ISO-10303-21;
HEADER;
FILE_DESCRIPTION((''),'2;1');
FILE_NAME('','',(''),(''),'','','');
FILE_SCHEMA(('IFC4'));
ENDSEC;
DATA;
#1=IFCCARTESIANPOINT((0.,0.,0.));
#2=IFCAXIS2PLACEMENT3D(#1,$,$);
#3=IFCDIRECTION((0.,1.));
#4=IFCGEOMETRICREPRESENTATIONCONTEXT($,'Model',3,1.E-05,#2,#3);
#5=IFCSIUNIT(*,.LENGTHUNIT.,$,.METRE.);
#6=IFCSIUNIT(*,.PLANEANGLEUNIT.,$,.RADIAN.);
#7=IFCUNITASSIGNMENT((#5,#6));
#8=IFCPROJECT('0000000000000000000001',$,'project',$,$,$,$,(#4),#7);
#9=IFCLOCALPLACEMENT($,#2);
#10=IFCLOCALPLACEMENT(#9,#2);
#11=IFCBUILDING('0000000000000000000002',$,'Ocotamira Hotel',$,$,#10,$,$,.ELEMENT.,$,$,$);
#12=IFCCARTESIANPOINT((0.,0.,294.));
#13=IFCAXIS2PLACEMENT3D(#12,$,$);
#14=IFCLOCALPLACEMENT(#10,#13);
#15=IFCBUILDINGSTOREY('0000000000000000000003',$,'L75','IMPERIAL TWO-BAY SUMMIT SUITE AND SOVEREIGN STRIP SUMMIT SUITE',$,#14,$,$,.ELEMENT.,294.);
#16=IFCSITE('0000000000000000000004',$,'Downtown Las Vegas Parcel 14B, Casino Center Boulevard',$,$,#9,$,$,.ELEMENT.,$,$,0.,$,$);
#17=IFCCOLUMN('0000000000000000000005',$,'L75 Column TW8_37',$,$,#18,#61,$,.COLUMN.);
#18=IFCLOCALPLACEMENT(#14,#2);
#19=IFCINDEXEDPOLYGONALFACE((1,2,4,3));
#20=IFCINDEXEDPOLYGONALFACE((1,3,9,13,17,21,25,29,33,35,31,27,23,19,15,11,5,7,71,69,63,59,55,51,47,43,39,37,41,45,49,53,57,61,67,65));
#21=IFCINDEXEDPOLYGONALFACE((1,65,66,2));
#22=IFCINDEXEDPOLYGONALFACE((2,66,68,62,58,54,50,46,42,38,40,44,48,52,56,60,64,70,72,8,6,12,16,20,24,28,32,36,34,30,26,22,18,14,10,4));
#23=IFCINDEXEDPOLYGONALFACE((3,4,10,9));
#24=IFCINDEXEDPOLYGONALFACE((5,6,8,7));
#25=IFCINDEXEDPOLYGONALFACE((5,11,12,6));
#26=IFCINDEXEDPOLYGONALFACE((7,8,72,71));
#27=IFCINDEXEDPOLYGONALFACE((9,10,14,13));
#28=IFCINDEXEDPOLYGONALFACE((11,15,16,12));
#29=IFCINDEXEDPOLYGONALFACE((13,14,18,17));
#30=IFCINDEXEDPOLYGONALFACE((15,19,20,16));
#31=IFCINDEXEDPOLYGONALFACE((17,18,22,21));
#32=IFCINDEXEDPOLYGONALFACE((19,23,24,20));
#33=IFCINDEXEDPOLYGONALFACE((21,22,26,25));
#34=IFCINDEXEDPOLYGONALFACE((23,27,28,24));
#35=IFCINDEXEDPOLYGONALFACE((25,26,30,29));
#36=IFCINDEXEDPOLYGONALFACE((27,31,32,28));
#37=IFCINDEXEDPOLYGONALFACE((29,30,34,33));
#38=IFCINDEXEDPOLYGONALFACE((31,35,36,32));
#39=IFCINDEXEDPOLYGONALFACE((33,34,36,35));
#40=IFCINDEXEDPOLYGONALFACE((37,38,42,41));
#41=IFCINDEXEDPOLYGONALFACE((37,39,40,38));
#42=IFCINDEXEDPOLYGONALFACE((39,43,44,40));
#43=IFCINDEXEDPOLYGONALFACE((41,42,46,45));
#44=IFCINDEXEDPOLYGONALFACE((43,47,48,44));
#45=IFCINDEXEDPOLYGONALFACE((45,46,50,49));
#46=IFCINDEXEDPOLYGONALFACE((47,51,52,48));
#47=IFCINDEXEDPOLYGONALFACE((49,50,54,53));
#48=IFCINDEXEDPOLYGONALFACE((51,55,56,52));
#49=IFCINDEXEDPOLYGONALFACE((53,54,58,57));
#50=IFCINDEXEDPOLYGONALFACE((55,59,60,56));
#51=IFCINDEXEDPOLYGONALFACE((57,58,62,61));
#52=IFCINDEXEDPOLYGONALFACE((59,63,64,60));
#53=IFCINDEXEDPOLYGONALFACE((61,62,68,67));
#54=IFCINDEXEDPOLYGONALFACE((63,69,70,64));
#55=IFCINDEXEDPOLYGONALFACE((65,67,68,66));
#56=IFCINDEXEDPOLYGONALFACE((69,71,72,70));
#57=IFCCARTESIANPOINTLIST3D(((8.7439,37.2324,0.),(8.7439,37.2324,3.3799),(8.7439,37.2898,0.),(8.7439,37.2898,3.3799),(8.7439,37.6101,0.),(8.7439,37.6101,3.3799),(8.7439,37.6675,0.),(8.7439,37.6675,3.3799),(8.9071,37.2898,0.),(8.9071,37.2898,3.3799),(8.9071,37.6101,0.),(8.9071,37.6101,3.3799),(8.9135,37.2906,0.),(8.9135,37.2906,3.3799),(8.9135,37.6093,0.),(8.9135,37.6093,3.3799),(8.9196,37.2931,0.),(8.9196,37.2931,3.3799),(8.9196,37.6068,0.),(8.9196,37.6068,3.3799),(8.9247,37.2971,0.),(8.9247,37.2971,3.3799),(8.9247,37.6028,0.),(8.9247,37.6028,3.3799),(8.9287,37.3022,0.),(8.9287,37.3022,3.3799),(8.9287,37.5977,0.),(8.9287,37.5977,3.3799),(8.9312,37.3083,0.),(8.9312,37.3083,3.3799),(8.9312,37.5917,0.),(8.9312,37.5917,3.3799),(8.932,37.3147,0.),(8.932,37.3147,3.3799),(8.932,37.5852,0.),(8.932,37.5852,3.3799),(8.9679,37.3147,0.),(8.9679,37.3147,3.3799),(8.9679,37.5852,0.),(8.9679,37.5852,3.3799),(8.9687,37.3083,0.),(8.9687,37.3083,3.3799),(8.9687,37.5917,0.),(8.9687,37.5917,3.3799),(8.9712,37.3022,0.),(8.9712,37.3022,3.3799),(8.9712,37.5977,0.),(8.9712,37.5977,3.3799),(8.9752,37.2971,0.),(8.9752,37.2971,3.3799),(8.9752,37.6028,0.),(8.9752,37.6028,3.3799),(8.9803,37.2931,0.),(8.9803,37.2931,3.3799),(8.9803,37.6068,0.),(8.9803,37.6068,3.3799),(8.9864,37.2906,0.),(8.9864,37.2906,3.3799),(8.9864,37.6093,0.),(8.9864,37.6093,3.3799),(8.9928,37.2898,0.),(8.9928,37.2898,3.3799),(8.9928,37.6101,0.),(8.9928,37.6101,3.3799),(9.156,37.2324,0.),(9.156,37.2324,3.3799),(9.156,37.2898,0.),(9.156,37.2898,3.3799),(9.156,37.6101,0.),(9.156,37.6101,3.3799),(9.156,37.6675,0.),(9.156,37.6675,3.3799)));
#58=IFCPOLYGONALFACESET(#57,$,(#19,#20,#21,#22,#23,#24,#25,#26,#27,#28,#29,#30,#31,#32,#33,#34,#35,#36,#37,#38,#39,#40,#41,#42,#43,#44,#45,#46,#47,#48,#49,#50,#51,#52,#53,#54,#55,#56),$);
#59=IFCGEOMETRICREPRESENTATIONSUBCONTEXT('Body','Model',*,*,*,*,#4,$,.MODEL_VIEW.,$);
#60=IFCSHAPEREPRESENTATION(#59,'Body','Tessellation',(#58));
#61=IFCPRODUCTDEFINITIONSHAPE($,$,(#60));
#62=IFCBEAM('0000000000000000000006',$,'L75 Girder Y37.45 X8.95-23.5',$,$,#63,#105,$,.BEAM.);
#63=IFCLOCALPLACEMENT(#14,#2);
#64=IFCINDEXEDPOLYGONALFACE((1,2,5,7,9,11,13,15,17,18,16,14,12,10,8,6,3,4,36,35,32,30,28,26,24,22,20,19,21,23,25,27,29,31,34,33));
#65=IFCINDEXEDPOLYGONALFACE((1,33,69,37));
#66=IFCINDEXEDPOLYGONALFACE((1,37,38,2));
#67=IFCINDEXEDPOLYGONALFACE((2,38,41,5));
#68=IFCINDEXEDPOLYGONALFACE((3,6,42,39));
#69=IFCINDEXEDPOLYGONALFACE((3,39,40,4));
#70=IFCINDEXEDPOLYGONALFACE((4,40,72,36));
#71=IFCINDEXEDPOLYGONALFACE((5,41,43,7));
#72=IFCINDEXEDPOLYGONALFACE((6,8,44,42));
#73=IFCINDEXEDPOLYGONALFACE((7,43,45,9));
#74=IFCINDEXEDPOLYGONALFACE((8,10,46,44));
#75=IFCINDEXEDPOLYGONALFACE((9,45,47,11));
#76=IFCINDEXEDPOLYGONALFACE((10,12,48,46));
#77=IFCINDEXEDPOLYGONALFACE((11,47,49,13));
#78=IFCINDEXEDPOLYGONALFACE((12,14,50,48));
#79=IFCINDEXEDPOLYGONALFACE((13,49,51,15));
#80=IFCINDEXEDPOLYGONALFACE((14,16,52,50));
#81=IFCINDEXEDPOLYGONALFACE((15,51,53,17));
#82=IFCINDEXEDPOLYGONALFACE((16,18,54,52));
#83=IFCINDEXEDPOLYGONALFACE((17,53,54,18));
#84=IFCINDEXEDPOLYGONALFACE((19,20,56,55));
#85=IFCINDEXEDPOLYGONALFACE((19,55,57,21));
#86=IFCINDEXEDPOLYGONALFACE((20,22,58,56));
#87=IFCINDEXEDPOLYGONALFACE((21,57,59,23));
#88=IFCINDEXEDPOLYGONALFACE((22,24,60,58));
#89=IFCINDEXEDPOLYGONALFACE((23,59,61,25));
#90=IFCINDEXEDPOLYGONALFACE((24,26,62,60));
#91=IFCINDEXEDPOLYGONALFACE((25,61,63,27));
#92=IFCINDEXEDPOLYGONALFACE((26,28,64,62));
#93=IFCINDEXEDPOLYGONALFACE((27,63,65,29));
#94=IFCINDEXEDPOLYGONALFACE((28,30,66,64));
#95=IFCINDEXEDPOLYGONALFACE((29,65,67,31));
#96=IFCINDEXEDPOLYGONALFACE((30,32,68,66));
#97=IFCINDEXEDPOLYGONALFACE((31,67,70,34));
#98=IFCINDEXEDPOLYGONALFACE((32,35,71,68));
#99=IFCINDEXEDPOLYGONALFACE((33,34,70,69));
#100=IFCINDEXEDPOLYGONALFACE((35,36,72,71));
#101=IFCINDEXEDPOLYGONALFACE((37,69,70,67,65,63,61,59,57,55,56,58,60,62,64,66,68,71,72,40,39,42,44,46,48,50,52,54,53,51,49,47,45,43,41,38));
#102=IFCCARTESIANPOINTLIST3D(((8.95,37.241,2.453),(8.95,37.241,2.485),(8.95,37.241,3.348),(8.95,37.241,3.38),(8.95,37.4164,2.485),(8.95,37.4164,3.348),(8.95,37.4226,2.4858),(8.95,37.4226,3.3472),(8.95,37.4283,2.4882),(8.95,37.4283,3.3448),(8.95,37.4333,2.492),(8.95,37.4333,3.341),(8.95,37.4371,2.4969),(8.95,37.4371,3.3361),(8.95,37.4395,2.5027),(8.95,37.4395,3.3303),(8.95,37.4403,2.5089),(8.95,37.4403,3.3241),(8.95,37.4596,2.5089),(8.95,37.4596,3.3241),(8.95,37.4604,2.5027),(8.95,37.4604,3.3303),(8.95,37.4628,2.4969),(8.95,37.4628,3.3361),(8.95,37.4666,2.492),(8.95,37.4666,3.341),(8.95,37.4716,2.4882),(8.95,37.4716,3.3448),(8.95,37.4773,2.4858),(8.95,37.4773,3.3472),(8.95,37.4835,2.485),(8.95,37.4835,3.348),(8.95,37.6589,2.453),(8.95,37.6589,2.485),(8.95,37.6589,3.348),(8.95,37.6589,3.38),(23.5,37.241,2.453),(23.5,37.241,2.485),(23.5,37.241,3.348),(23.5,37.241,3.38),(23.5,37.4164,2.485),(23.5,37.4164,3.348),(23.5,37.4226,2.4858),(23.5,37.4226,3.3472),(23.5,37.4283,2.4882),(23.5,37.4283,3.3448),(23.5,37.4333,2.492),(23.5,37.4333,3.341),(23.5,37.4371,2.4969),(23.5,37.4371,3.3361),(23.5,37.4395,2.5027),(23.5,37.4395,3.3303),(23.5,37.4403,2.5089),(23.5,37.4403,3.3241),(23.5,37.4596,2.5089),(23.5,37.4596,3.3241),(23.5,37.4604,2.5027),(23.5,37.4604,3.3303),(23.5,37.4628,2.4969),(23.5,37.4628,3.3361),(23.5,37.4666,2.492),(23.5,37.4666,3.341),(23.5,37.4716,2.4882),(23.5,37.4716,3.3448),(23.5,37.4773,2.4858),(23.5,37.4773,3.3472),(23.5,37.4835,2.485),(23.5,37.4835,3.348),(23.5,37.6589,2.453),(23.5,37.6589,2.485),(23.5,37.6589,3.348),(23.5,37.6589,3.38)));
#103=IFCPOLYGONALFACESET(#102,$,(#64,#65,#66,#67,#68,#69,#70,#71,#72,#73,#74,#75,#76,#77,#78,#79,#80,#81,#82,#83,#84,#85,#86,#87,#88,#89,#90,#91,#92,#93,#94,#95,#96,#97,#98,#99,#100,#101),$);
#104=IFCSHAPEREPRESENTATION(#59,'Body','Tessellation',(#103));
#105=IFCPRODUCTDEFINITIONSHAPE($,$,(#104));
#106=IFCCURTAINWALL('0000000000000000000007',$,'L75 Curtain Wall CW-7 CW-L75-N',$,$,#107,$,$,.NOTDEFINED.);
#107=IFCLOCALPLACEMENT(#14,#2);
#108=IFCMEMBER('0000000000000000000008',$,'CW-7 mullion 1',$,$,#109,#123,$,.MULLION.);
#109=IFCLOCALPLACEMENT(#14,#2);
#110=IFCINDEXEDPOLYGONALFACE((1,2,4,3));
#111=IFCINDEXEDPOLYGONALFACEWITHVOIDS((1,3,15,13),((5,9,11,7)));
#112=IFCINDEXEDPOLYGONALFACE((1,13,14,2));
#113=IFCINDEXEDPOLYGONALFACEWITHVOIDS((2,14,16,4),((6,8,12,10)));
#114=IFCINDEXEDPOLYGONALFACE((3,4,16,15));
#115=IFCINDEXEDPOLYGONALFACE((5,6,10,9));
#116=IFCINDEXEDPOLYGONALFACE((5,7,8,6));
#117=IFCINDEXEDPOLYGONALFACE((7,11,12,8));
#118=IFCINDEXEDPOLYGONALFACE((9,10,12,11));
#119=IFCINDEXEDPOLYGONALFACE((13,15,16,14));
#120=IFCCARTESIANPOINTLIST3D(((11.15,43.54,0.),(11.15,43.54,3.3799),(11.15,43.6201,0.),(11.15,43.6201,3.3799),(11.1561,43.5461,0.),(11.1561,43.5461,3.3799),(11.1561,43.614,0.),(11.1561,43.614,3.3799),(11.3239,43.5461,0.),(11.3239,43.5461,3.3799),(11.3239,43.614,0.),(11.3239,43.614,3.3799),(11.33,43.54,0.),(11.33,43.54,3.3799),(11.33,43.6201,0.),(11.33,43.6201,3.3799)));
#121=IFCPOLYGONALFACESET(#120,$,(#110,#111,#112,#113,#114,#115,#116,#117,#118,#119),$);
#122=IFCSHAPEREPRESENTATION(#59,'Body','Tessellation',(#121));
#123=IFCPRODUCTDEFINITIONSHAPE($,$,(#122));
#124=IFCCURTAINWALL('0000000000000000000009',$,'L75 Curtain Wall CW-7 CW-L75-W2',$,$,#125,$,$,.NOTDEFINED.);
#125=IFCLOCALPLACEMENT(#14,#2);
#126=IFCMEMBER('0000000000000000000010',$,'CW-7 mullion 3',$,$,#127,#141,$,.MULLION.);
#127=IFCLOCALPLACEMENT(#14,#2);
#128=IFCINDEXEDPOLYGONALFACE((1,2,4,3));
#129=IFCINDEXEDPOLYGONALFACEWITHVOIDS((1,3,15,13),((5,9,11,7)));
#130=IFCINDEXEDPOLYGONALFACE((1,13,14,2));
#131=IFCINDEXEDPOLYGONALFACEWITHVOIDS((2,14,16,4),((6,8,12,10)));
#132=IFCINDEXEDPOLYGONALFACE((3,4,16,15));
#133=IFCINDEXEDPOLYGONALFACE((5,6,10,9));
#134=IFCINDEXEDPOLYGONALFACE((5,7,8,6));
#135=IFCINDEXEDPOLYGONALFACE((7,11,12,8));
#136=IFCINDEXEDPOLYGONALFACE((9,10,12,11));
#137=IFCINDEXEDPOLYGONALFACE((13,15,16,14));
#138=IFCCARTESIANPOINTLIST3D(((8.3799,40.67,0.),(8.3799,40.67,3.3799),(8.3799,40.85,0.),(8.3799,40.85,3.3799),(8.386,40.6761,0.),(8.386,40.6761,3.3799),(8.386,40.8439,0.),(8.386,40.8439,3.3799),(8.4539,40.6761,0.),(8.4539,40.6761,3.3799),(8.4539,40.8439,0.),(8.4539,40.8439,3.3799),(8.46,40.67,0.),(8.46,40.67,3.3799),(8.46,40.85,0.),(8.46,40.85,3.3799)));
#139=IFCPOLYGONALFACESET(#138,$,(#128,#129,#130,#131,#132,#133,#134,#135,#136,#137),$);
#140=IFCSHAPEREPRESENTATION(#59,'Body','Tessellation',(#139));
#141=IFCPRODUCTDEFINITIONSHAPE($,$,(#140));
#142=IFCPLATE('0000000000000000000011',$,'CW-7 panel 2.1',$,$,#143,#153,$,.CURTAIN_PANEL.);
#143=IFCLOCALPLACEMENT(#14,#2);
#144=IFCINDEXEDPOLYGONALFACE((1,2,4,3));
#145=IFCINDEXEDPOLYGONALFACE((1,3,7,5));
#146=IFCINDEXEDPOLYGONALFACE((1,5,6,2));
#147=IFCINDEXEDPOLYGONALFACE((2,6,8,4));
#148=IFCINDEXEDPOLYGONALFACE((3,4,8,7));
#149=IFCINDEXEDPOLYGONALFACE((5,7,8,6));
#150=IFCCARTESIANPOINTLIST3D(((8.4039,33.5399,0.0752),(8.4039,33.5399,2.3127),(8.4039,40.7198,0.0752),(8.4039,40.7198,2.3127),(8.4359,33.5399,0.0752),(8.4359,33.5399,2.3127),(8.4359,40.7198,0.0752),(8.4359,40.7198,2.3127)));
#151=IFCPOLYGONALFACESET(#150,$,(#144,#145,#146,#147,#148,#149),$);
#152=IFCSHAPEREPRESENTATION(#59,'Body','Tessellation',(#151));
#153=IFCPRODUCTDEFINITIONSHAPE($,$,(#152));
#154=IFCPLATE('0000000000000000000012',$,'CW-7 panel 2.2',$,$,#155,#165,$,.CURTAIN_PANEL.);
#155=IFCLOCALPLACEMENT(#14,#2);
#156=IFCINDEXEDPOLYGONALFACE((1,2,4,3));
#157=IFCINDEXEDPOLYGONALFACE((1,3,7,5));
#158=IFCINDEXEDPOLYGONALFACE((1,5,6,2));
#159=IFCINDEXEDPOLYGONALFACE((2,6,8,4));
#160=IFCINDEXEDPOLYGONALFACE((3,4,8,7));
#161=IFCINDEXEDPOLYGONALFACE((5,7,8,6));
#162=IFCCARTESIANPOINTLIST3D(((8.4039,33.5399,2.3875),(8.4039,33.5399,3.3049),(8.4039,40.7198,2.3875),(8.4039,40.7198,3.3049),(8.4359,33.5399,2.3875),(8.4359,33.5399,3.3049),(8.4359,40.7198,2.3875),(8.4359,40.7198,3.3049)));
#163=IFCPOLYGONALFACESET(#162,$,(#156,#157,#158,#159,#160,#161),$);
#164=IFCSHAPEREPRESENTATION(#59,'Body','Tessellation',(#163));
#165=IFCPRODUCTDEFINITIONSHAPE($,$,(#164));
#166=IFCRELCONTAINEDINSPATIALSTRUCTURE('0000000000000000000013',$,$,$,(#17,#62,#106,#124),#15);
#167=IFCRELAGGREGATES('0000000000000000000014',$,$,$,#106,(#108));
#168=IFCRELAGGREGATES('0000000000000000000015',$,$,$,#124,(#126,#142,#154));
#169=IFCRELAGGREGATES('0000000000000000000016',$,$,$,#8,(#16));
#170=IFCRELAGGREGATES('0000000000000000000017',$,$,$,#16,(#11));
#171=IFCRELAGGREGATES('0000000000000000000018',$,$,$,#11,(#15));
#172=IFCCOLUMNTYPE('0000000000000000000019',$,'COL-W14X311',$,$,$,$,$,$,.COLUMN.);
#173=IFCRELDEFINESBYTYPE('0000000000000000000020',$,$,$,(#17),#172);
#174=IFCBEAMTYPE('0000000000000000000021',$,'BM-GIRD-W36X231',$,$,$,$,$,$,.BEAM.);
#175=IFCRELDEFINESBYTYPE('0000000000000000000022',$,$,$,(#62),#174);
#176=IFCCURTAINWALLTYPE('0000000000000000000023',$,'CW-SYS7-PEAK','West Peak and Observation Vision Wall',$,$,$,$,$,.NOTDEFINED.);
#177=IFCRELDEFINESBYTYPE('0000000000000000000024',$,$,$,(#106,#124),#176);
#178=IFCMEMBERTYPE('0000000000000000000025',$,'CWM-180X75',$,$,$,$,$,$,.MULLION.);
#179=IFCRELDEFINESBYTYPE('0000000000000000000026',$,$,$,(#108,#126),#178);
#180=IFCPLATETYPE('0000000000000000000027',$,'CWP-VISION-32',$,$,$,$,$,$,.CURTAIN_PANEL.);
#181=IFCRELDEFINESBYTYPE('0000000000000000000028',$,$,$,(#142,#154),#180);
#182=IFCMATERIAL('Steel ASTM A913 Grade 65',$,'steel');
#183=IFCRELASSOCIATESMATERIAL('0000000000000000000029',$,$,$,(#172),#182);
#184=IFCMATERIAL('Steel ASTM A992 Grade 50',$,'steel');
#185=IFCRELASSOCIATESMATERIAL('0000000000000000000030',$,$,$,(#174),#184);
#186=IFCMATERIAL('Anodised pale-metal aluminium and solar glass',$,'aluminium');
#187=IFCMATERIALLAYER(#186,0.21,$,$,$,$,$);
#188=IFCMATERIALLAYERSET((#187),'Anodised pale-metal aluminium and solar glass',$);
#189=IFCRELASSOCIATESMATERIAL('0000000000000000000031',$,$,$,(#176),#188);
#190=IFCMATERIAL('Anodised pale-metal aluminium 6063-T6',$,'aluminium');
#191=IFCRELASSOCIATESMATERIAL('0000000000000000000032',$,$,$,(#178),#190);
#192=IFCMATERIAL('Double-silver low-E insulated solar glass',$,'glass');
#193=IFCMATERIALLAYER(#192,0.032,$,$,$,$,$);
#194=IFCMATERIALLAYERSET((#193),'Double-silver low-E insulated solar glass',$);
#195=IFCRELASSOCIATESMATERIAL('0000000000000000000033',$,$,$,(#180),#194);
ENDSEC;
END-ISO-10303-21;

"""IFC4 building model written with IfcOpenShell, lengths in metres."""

from ifc_helpers import new_model, si_unit, direction, frame, origin, origin_2d, place, context, subcontext, project, spatial, rectangle, hollow_rectangle, i_section, extrude, source, transform, mapped, material, layer, layer_set, material_profile, profile_set, type_object, element, aggregate, save


model = new_model("IFC4")

# Units and contexts
model_context = context("Model", 3, precision=1e-05, world=origin(), true_north=direction((0.0, 1.0)))
body_context = subcontext(model_context, "Body", "Model", "MODEL_VIEW")
ifc_project = project(units=[si_unit("LENGTHUNIT", "METRE"), si_unit("PLANEANGLEUNIT", "RADIAN")], contexts=[model_context])

# Site, building, storey
site_placement = place(None, origin())
site = spatial("IfcSite", under=ifc_project, at=site_placement, Name="Downtown Las Vegas Parcel 14B, Casino Center Boulevard", CompositionType="ELEMENT", RefElevation=0.0)
building_placement = place(site_placement, origin())
building = spatial("IfcBuilding", under=site, at=building_placement, Name="Ocotamira Hotel", CompositionType="ELEMENT")
storey_placement = place(building_placement, frame((0.0, 0.0, 294.0)))
storey = spatial("IfcBuildingStorey", under=building, at=storey_placement, Name="L75", Description="IMPERIAL TWO-BAY SUMMIT SUITE AND SOVEREIGN STRIP SUMMIT SUITE", CompositionType="ELEMENT", Elevation=294.0)

# Column
ifc_material_1 = material(Name="Steel ASTM A913 Grade 65", Category="steel")
ifc_material_profile_1 = material_profile(ifc_material_1, i_section(OverallWidth=0.4121, OverallDepth=0.4351, WebThickness=0.0359, FlangeThickness=0.0574, FilletRadius=0.0249, at=origin_2d()), Name="W14X311")
ifc_profile_set_1 = profile_set([ifc_material_profile_1], Name="Steel ASTM A913 Grade 65")
column_type = type_object("IfcColumnType", Name="COL-W14X311", PredefinedType="COLUMN", material=ifc_profile_set_1)
shared_shape_1 = source(origin(), body_context, "Body", "SweptSolid", [
    extrude(i_section(OverallWidth=0.4121, OverallDepth=0.4351, WebThickness=0.0359, FlangeThickness=0.0574, FilletRadius=0.0249, at=origin_2d()), origin(), (0.0, 0.0, 1.0), 3.3799),
])
column_placement = place(storey_placement, frame((8.95, 37.45, 0.0), z_axis=(0.0, 0.0, 1.0), x_axis=(1.0, 0.0, 0.0)))
element("IfcColumn", 1, at=column_placement, inside=storey, type_object=column_type, Name="L75 Column TW8_37", PredefinedType="COLUMN", context=body_context, shape_type="MappedRepresentation", body=[
    mapped(shared_shape_1, transform((0.0, 0.0, 0.0), scale=1.0)),
])

# Beam
ifc_material_2 = material(Name="Steel ASTM A992 Grade 50", Category="steel")
ifc_material_profile_2 = material_profile(ifc_material_2, i_section(OverallWidth=0.418, OverallDepth=0.927, WebThickness=0.0193, FlangeThickness=0.032, FilletRadius=0.0239, at=origin_2d()), Name="W36X231")
ifc_profile_set_2 = profile_set([ifc_material_profile_2], Name="Steel ASTM A992 Grade 50")
beam_type = type_object("IfcBeamType", Name="BM-GIRD-W36X231", PredefinedType="BEAM", material=ifc_profile_set_2)
shared_shape_2 = source(origin(), body_context, "Body", "SweptSolid", [
    extrude(i_section(OverallWidth=0.418, OverallDepth=0.927, WebThickness=0.0193, FlangeThickness=0.032, FilletRadius=0.0239, at=origin_2d()), origin(), (0.0, 0.0, 1.0), 14.55),
])
beam_placement = place(storey_placement, frame((8.95, 37.45, 2.9165), z_axis=(1.0, 0.0, 0.0), x_axis=(0.0, 1.0, 0.0)))
element("IfcBeam", 2, at=beam_placement, inside=storey, type_object=beam_type, Name="L75 Girder Y37.45 X8.95-23.5", PredefinedType="BEAM", context=body_context, shape_type="MappedRepresentation", body=[
    mapped(shared_shape_2, transform((0.0, 0.0, 0.0), scale=1.0)),
])

# Curtain wall, member
ifc_material_3 = material(Name="Anodised pale-metal aluminium and solar glass", Category="aluminium")
ifc_layer_1 = layer(ifc_material_3, 0.21)
ifc_layer_set_1 = layer_set([ifc_layer_1], Name="Anodised pale-metal aluminium and solar glass")
curtain_wall_type = type_object("IfcCurtainWallType", Name="CW-SYS7-PEAK", Description="West Peak and Observation Vision Wall", PredefinedType="NOTDEFINED", material=ifc_layer_set_1)
curtain_wall_1_placement = place(storey_placement, origin())
curtain_wall_1 = element("IfcCurtainWall", 3, at=curtain_wall_1_placement, inside=storey, type_object=curtain_wall_type, Name="L75 Curtain Wall CW-7 CW-L75-N", PredefinedType="NOTDEFINED")
ifc_material_4 = material(Name="Anodised pale-metal aluminium 6063-T6", Category="aluminium")
ifc_material_profile_3 = material_profile(ifc_material_4, hollow_rectangle(XDim=0.0801, YDim=0.1799, WallThickness=0.0061, at=origin_2d()), Name="HSS180X80X6")
ifc_profile_set_3 = profile_set([ifc_material_profile_3], Name="Anodised pale-metal aluminium 6063-T6")
member_type = type_object("IfcMemberType", Name="CWM-180X75", PredefinedType="MULLION", material=ifc_profile_set_3)
shared_shape_3 = source(origin(), body_context, "Body", "SweptSolid", [
    extrude(hollow_rectangle(XDim=0.0801, YDim=0.1799, WallThickness=0.0061, at=origin_2d()), origin(), (0.0, 0.0, 1.0), 3.3799),
])
member_1_placement = place(storey_placement, frame((11.24, 43.5801, 0.0), z_axis=(0.0, 0.0, 1.0), x_axis=(0.0, 1.0, 0.0)))
member_1 = element("IfcMember", 4, at=member_1_placement, type_object=member_type, Name="CW-7 mullion 1", PredefinedType="MULLION", context=body_context, shape_type="MappedRepresentation", body=[
    mapped(shared_shape_3, transform((0.0, 0.0, 0.0), scale=1.0)),
])
aggregate(curtain_wall_1, [member_1])

# Curtain wall, member, plates
curtain_wall_2_placement = place(storey_placement, origin())
curtain_wall_2 = element("IfcCurtainWall", 5, at=curtain_wall_2_placement, inside=storey, type_object=curtain_wall_type, Name="L75 Curtain Wall CW-7 CW-L75-W2", PredefinedType="NOTDEFINED")
member_2_placement = place(storey_placement, frame((8.4199, 40.76, 0.0), z_axis=(0.0, 0.0, 1.0), x_axis=(-1.0, 0.0, 0.0)))
member_2 = element("IfcMember", 6, at=member_2_placement, type_object=member_type, Name="CW-7 mullion 3", PredefinedType="MULLION", context=body_context, shape_type="MappedRepresentation", body=[
    mapped(shared_shape_3, transform((0.0, 0.0, 0.0), scale=1.0)),
])
ifc_material_5 = material(Name="Double-silver low-E insulated solar glass", Category="glass")
ifc_layer_2 = layer(ifc_material_5, 0.032)
ifc_layer_set_2 = layer_set([ifc_layer_2], Name="Double-silver low-E insulated solar glass")
plate_type = type_object("IfcPlateType", Name="CWP-VISION-32", PredefinedType="CURTAIN_PANEL", material=ifc_layer_set_2)
shared_shape_4 = source(origin(), body_context, "Body", "SweptSolid", [
    extrude(rectangle(XDim=7.1799, YDim=0.032, at=origin_2d()), origin(), (0.0, 0.0, 1.0), 2.2375),
])
plate_1_placement = place(storey_placement, frame((8.4199, 37.1299, 0.0752), z_axis=(0.0, 0.0, 1.0), x_axis=(0.0, 1.0, 0.0)))
plate_1 = element("IfcPlate", 7, at=plate_1_placement, type_object=plate_type, Name="CW-7 panel 2.1", PredefinedType="CURTAIN_PANEL", context=body_context, shape_type="MappedRepresentation", body=[
    mapped(shared_shape_4, transform((0.0, 0.0, 0.0), scale=1.0)),
])
shared_shape_5 = source(origin(), body_context, "Body", "SweptSolid", [
    extrude(rectangle(XDim=7.1799, YDim=0.032, at=origin_2d()), origin(), (0.0, 0.0, 1.0), 0.9175),
])
plate_2_placement = place(storey_placement, frame((8.4199, 37.1299, 2.3875), z_axis=(0.0, 0.0, 1.0), x_axis=(0.0, 1.0, 0.0)))
plate_2 = element("IfcPlate", 8, at=plate_2_placement, type_object=plate_type, Name="CW-7 panel 2.2", PredefinedType="CURTAIN_PANEL", context=body_context, shape_type="MappedRepresentation", body=[
    mapped(shared_shape_5, transform((0.0, 0.0, 0.0), scale=1.0)),
])
aggregate(curtain_wall_2, [member_2, plate_1, plate_2])

save(model, "model.ifc")
